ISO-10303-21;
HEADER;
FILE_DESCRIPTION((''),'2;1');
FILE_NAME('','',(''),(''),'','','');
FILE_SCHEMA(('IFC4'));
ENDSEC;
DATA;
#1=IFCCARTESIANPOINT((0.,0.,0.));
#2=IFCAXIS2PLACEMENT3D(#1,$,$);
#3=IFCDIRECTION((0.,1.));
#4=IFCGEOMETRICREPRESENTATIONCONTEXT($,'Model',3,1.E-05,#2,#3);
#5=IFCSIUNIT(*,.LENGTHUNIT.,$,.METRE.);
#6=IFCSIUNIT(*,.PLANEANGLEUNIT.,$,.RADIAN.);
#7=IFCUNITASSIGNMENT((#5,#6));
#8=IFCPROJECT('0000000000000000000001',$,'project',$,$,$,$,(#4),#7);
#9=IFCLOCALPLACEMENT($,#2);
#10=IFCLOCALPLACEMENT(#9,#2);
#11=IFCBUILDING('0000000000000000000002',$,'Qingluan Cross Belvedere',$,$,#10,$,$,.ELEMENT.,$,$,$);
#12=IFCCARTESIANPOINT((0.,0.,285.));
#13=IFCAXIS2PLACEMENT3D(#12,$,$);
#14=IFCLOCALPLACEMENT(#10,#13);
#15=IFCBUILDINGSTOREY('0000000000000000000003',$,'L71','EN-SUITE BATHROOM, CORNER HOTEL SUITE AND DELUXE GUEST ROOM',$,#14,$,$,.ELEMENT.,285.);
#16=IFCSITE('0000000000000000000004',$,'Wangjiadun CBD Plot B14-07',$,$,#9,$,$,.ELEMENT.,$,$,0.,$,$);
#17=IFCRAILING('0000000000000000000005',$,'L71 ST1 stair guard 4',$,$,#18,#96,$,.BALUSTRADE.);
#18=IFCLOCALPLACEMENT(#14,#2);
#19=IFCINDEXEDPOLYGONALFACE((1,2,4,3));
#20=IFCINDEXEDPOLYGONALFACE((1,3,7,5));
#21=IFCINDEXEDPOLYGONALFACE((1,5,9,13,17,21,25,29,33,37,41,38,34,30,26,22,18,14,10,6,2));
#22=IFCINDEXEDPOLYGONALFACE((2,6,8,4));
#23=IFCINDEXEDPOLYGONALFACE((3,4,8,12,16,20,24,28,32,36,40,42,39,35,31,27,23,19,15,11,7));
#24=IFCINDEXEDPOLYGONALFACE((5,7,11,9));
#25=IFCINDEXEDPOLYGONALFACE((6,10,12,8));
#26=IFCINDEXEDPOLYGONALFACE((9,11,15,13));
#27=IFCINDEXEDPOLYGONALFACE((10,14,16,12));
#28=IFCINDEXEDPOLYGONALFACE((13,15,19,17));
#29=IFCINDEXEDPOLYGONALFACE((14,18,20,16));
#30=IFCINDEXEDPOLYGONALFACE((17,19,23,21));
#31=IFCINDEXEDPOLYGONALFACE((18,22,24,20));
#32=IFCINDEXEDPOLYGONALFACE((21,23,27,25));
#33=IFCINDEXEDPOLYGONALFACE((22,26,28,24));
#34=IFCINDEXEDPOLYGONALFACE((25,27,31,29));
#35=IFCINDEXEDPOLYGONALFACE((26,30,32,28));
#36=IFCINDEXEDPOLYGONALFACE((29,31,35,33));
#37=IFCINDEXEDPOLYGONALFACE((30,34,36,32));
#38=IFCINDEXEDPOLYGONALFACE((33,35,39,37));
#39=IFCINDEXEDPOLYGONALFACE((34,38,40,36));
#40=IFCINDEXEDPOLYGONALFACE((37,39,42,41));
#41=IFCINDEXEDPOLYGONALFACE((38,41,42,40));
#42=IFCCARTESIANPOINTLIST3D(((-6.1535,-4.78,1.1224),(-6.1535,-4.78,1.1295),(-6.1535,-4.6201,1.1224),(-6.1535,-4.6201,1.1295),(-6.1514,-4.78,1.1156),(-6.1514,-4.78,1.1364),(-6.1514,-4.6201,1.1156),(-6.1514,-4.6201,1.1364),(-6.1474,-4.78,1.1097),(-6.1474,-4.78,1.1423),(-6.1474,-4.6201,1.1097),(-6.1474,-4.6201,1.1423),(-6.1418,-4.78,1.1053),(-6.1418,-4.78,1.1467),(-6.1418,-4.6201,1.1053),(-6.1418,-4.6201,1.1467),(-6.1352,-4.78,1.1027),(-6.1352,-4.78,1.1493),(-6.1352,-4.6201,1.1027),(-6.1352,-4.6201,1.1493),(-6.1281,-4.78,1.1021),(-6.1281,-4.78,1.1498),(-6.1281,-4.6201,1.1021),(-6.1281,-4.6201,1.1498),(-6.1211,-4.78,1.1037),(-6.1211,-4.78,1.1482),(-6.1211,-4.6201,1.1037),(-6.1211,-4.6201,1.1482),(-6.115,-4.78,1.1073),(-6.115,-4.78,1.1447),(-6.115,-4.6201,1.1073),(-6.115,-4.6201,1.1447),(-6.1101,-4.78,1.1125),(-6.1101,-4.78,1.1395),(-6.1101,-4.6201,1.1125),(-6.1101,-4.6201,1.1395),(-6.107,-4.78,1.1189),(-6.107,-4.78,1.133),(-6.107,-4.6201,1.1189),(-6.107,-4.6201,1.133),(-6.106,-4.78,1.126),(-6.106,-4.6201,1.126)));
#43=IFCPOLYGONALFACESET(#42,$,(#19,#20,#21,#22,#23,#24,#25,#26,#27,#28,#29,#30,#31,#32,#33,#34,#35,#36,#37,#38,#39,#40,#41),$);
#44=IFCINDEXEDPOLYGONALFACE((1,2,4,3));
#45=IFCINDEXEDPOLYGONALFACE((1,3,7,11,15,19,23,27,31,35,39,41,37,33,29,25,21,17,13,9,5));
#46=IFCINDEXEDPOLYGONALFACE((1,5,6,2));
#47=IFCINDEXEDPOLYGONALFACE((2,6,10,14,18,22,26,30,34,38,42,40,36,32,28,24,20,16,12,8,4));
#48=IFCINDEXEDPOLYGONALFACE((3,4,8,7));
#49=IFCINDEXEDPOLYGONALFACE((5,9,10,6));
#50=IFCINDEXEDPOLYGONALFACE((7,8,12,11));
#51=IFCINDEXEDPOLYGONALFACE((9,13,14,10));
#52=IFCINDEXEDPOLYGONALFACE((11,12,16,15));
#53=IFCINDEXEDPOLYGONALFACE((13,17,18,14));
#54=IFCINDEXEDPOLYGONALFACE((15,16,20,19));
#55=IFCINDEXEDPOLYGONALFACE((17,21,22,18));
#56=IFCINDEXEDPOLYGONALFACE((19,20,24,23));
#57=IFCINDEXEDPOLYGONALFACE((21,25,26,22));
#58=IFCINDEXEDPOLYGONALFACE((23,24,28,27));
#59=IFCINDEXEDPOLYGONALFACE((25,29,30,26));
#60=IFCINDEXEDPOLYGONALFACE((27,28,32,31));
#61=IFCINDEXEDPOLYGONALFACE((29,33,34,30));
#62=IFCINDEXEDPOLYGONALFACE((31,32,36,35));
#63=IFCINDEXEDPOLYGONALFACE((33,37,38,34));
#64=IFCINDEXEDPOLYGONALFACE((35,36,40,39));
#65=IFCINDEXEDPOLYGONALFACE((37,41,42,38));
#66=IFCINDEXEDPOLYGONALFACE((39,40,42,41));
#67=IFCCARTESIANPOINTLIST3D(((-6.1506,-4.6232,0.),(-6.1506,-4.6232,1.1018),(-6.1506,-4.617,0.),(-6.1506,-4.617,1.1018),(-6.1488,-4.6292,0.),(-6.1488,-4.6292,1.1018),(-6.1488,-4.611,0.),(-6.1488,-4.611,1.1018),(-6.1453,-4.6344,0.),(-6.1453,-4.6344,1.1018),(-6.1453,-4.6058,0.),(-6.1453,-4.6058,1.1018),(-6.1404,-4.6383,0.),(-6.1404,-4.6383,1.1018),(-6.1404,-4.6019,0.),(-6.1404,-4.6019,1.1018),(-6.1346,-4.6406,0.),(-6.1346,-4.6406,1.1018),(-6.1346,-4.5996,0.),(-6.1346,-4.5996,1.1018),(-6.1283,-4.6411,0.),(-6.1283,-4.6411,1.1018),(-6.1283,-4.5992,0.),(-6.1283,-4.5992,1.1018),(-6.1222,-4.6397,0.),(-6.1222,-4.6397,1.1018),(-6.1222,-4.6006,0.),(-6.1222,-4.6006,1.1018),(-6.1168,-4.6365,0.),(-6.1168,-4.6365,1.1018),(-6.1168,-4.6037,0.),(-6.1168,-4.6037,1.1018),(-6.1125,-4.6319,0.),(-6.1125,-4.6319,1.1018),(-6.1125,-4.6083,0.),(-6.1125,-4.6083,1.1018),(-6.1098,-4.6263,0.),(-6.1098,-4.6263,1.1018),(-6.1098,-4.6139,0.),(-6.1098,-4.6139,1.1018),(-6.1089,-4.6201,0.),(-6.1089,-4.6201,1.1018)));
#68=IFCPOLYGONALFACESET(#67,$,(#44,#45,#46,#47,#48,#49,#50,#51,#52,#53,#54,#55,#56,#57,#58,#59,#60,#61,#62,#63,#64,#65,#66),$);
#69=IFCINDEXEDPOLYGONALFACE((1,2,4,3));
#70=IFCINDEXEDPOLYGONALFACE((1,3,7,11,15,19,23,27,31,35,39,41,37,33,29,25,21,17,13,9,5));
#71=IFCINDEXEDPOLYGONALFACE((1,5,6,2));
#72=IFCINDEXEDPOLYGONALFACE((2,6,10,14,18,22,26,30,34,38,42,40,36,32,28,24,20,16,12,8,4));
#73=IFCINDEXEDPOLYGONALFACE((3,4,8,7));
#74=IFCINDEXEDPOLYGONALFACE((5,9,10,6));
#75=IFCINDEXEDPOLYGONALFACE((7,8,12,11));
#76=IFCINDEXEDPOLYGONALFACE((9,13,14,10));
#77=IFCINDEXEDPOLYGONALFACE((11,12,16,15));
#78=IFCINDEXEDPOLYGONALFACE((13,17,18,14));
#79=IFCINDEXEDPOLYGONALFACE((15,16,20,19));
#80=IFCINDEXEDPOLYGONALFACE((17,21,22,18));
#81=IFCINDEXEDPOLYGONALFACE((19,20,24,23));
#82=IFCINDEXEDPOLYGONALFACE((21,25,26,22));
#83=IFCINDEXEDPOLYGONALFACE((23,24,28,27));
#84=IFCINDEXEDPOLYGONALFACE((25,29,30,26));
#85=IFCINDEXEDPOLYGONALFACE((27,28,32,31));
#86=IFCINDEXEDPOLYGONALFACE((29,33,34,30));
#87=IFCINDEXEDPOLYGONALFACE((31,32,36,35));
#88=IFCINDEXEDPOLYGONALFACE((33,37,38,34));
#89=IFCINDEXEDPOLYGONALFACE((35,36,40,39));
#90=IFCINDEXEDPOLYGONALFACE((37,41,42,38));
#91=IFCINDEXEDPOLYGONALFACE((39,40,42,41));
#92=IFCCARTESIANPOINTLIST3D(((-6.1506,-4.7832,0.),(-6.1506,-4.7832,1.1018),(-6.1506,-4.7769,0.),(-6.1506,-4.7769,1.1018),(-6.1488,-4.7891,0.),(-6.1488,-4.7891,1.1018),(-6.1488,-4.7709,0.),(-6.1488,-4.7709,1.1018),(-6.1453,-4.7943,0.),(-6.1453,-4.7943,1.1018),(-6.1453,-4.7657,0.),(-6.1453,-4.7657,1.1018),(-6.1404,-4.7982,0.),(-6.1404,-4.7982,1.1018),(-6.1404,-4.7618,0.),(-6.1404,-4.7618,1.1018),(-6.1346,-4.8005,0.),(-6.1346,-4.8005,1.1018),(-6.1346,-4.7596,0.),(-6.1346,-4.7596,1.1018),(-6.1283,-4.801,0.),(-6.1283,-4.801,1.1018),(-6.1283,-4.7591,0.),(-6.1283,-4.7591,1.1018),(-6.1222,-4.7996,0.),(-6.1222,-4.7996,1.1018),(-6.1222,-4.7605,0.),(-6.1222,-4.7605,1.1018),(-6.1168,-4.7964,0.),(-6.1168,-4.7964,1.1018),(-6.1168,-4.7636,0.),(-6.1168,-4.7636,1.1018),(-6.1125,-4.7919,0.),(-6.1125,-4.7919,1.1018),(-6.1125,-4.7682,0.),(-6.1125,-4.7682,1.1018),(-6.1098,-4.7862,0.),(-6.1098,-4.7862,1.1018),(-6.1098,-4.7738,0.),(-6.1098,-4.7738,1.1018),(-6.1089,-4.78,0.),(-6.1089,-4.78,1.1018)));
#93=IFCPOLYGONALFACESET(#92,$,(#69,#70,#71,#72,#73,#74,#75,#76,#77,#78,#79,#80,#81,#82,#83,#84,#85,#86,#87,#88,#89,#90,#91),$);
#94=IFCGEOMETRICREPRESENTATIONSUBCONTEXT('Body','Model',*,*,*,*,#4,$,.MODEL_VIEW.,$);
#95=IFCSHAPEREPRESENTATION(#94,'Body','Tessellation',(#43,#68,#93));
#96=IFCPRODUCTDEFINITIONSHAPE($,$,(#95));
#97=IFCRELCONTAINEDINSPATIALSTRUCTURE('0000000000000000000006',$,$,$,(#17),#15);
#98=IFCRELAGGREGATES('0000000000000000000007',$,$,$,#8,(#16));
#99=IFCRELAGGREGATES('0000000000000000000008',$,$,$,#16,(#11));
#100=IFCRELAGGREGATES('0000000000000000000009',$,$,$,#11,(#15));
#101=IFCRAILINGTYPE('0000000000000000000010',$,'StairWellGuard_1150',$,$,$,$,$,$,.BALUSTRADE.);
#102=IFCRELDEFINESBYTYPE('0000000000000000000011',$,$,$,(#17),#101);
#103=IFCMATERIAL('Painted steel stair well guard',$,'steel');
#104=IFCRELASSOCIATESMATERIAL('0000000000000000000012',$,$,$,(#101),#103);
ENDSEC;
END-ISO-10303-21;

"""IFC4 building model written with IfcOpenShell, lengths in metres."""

from ifc_helpers import new_model, si_unit, direction, frame, origin, origin_2d, place, context, subcontext, project, spatial, circle, extrude, material, type_object, element, save


model = new_model("IFC4")

# Units and contexts
model_context = context("Model", 3, precision=1e-05, world=origin(), true_north=direction((0.0, 1.0)))
body_context = subcontext(model_context, "Body", "Model", "MODEL_VIEW")
ifc_project = project(units=[si_unit("LENGTHUNIT", "METRE"), si_unit("PLANEANGLEUNIT", "RADIAN")], contexts=[model_context])

# Site, building, storey
site_placement = place(None, origin())
site = spatial("IfcSite", under=ifc_project, at=site_placement, Name="Wangjiadun CBD Plot B14-07", CompositionType="ELEMENT", RefElevation=0.0)
building_placement = place(site_placement, origin())
building = spatial("IfcBuilding", under=site, at=building_placement, Name="Qingluan Cross Belvedere", CompositionType="ELEMENT")
storey_placement = place(building_placement, frame((0.0, 0.0, 285.0)))
storey = spatial("IfcBuildingStorey", under=building, at=storey_placement, Name="L71", Description="EN-SUITE BATHROOM, CORNER HOTEL SUITE AND DELUXE GUEST ROOM", CompositionType="ELEMENT", Elevation=285.0)

# Railing
ifc_material_1 = material(Name="Painted steel stair well guard", Category="steel")
railing_type_1 = type_object("IfcRailingType", Name="StairWellGuard_1150", PredefinedType="BALUSTRADE", material=ifc_material_1)
railing_1_placement = place(storey_placement, frame((-6.1299, -4.6201, 0.0)))
element("IfcRailing", 1, at=railing_1_placement, inside=storey, type_object=railing_type_1, Name="L71 ST1 stair guard 4", PredefinedType="BALUSTRADE", context=body_context, shape_type="SweptSolid", body=[
    extrude(circle(Radius=0.0239, at=origin_2d()), frame((0.0, 0.0, 1.126), z_axis=(0.0, -1.0, 0.0), x_axis=(1.0, 0.0, 0.0)), (0.0, 0.0, 1.0), 0.1599),
    extrude(circle(Radius=0.021, at=origin_2d()), origin(), (0.0, 0.0, 1.0), 1.1018),
    extrude(circle(Radius=0.021, at=origin_2d()), frame((0.0, -0.1599, 0.0)), (0.0, 0.0, 1.0), 1.1018),
])

save(model, "model.ifc")
